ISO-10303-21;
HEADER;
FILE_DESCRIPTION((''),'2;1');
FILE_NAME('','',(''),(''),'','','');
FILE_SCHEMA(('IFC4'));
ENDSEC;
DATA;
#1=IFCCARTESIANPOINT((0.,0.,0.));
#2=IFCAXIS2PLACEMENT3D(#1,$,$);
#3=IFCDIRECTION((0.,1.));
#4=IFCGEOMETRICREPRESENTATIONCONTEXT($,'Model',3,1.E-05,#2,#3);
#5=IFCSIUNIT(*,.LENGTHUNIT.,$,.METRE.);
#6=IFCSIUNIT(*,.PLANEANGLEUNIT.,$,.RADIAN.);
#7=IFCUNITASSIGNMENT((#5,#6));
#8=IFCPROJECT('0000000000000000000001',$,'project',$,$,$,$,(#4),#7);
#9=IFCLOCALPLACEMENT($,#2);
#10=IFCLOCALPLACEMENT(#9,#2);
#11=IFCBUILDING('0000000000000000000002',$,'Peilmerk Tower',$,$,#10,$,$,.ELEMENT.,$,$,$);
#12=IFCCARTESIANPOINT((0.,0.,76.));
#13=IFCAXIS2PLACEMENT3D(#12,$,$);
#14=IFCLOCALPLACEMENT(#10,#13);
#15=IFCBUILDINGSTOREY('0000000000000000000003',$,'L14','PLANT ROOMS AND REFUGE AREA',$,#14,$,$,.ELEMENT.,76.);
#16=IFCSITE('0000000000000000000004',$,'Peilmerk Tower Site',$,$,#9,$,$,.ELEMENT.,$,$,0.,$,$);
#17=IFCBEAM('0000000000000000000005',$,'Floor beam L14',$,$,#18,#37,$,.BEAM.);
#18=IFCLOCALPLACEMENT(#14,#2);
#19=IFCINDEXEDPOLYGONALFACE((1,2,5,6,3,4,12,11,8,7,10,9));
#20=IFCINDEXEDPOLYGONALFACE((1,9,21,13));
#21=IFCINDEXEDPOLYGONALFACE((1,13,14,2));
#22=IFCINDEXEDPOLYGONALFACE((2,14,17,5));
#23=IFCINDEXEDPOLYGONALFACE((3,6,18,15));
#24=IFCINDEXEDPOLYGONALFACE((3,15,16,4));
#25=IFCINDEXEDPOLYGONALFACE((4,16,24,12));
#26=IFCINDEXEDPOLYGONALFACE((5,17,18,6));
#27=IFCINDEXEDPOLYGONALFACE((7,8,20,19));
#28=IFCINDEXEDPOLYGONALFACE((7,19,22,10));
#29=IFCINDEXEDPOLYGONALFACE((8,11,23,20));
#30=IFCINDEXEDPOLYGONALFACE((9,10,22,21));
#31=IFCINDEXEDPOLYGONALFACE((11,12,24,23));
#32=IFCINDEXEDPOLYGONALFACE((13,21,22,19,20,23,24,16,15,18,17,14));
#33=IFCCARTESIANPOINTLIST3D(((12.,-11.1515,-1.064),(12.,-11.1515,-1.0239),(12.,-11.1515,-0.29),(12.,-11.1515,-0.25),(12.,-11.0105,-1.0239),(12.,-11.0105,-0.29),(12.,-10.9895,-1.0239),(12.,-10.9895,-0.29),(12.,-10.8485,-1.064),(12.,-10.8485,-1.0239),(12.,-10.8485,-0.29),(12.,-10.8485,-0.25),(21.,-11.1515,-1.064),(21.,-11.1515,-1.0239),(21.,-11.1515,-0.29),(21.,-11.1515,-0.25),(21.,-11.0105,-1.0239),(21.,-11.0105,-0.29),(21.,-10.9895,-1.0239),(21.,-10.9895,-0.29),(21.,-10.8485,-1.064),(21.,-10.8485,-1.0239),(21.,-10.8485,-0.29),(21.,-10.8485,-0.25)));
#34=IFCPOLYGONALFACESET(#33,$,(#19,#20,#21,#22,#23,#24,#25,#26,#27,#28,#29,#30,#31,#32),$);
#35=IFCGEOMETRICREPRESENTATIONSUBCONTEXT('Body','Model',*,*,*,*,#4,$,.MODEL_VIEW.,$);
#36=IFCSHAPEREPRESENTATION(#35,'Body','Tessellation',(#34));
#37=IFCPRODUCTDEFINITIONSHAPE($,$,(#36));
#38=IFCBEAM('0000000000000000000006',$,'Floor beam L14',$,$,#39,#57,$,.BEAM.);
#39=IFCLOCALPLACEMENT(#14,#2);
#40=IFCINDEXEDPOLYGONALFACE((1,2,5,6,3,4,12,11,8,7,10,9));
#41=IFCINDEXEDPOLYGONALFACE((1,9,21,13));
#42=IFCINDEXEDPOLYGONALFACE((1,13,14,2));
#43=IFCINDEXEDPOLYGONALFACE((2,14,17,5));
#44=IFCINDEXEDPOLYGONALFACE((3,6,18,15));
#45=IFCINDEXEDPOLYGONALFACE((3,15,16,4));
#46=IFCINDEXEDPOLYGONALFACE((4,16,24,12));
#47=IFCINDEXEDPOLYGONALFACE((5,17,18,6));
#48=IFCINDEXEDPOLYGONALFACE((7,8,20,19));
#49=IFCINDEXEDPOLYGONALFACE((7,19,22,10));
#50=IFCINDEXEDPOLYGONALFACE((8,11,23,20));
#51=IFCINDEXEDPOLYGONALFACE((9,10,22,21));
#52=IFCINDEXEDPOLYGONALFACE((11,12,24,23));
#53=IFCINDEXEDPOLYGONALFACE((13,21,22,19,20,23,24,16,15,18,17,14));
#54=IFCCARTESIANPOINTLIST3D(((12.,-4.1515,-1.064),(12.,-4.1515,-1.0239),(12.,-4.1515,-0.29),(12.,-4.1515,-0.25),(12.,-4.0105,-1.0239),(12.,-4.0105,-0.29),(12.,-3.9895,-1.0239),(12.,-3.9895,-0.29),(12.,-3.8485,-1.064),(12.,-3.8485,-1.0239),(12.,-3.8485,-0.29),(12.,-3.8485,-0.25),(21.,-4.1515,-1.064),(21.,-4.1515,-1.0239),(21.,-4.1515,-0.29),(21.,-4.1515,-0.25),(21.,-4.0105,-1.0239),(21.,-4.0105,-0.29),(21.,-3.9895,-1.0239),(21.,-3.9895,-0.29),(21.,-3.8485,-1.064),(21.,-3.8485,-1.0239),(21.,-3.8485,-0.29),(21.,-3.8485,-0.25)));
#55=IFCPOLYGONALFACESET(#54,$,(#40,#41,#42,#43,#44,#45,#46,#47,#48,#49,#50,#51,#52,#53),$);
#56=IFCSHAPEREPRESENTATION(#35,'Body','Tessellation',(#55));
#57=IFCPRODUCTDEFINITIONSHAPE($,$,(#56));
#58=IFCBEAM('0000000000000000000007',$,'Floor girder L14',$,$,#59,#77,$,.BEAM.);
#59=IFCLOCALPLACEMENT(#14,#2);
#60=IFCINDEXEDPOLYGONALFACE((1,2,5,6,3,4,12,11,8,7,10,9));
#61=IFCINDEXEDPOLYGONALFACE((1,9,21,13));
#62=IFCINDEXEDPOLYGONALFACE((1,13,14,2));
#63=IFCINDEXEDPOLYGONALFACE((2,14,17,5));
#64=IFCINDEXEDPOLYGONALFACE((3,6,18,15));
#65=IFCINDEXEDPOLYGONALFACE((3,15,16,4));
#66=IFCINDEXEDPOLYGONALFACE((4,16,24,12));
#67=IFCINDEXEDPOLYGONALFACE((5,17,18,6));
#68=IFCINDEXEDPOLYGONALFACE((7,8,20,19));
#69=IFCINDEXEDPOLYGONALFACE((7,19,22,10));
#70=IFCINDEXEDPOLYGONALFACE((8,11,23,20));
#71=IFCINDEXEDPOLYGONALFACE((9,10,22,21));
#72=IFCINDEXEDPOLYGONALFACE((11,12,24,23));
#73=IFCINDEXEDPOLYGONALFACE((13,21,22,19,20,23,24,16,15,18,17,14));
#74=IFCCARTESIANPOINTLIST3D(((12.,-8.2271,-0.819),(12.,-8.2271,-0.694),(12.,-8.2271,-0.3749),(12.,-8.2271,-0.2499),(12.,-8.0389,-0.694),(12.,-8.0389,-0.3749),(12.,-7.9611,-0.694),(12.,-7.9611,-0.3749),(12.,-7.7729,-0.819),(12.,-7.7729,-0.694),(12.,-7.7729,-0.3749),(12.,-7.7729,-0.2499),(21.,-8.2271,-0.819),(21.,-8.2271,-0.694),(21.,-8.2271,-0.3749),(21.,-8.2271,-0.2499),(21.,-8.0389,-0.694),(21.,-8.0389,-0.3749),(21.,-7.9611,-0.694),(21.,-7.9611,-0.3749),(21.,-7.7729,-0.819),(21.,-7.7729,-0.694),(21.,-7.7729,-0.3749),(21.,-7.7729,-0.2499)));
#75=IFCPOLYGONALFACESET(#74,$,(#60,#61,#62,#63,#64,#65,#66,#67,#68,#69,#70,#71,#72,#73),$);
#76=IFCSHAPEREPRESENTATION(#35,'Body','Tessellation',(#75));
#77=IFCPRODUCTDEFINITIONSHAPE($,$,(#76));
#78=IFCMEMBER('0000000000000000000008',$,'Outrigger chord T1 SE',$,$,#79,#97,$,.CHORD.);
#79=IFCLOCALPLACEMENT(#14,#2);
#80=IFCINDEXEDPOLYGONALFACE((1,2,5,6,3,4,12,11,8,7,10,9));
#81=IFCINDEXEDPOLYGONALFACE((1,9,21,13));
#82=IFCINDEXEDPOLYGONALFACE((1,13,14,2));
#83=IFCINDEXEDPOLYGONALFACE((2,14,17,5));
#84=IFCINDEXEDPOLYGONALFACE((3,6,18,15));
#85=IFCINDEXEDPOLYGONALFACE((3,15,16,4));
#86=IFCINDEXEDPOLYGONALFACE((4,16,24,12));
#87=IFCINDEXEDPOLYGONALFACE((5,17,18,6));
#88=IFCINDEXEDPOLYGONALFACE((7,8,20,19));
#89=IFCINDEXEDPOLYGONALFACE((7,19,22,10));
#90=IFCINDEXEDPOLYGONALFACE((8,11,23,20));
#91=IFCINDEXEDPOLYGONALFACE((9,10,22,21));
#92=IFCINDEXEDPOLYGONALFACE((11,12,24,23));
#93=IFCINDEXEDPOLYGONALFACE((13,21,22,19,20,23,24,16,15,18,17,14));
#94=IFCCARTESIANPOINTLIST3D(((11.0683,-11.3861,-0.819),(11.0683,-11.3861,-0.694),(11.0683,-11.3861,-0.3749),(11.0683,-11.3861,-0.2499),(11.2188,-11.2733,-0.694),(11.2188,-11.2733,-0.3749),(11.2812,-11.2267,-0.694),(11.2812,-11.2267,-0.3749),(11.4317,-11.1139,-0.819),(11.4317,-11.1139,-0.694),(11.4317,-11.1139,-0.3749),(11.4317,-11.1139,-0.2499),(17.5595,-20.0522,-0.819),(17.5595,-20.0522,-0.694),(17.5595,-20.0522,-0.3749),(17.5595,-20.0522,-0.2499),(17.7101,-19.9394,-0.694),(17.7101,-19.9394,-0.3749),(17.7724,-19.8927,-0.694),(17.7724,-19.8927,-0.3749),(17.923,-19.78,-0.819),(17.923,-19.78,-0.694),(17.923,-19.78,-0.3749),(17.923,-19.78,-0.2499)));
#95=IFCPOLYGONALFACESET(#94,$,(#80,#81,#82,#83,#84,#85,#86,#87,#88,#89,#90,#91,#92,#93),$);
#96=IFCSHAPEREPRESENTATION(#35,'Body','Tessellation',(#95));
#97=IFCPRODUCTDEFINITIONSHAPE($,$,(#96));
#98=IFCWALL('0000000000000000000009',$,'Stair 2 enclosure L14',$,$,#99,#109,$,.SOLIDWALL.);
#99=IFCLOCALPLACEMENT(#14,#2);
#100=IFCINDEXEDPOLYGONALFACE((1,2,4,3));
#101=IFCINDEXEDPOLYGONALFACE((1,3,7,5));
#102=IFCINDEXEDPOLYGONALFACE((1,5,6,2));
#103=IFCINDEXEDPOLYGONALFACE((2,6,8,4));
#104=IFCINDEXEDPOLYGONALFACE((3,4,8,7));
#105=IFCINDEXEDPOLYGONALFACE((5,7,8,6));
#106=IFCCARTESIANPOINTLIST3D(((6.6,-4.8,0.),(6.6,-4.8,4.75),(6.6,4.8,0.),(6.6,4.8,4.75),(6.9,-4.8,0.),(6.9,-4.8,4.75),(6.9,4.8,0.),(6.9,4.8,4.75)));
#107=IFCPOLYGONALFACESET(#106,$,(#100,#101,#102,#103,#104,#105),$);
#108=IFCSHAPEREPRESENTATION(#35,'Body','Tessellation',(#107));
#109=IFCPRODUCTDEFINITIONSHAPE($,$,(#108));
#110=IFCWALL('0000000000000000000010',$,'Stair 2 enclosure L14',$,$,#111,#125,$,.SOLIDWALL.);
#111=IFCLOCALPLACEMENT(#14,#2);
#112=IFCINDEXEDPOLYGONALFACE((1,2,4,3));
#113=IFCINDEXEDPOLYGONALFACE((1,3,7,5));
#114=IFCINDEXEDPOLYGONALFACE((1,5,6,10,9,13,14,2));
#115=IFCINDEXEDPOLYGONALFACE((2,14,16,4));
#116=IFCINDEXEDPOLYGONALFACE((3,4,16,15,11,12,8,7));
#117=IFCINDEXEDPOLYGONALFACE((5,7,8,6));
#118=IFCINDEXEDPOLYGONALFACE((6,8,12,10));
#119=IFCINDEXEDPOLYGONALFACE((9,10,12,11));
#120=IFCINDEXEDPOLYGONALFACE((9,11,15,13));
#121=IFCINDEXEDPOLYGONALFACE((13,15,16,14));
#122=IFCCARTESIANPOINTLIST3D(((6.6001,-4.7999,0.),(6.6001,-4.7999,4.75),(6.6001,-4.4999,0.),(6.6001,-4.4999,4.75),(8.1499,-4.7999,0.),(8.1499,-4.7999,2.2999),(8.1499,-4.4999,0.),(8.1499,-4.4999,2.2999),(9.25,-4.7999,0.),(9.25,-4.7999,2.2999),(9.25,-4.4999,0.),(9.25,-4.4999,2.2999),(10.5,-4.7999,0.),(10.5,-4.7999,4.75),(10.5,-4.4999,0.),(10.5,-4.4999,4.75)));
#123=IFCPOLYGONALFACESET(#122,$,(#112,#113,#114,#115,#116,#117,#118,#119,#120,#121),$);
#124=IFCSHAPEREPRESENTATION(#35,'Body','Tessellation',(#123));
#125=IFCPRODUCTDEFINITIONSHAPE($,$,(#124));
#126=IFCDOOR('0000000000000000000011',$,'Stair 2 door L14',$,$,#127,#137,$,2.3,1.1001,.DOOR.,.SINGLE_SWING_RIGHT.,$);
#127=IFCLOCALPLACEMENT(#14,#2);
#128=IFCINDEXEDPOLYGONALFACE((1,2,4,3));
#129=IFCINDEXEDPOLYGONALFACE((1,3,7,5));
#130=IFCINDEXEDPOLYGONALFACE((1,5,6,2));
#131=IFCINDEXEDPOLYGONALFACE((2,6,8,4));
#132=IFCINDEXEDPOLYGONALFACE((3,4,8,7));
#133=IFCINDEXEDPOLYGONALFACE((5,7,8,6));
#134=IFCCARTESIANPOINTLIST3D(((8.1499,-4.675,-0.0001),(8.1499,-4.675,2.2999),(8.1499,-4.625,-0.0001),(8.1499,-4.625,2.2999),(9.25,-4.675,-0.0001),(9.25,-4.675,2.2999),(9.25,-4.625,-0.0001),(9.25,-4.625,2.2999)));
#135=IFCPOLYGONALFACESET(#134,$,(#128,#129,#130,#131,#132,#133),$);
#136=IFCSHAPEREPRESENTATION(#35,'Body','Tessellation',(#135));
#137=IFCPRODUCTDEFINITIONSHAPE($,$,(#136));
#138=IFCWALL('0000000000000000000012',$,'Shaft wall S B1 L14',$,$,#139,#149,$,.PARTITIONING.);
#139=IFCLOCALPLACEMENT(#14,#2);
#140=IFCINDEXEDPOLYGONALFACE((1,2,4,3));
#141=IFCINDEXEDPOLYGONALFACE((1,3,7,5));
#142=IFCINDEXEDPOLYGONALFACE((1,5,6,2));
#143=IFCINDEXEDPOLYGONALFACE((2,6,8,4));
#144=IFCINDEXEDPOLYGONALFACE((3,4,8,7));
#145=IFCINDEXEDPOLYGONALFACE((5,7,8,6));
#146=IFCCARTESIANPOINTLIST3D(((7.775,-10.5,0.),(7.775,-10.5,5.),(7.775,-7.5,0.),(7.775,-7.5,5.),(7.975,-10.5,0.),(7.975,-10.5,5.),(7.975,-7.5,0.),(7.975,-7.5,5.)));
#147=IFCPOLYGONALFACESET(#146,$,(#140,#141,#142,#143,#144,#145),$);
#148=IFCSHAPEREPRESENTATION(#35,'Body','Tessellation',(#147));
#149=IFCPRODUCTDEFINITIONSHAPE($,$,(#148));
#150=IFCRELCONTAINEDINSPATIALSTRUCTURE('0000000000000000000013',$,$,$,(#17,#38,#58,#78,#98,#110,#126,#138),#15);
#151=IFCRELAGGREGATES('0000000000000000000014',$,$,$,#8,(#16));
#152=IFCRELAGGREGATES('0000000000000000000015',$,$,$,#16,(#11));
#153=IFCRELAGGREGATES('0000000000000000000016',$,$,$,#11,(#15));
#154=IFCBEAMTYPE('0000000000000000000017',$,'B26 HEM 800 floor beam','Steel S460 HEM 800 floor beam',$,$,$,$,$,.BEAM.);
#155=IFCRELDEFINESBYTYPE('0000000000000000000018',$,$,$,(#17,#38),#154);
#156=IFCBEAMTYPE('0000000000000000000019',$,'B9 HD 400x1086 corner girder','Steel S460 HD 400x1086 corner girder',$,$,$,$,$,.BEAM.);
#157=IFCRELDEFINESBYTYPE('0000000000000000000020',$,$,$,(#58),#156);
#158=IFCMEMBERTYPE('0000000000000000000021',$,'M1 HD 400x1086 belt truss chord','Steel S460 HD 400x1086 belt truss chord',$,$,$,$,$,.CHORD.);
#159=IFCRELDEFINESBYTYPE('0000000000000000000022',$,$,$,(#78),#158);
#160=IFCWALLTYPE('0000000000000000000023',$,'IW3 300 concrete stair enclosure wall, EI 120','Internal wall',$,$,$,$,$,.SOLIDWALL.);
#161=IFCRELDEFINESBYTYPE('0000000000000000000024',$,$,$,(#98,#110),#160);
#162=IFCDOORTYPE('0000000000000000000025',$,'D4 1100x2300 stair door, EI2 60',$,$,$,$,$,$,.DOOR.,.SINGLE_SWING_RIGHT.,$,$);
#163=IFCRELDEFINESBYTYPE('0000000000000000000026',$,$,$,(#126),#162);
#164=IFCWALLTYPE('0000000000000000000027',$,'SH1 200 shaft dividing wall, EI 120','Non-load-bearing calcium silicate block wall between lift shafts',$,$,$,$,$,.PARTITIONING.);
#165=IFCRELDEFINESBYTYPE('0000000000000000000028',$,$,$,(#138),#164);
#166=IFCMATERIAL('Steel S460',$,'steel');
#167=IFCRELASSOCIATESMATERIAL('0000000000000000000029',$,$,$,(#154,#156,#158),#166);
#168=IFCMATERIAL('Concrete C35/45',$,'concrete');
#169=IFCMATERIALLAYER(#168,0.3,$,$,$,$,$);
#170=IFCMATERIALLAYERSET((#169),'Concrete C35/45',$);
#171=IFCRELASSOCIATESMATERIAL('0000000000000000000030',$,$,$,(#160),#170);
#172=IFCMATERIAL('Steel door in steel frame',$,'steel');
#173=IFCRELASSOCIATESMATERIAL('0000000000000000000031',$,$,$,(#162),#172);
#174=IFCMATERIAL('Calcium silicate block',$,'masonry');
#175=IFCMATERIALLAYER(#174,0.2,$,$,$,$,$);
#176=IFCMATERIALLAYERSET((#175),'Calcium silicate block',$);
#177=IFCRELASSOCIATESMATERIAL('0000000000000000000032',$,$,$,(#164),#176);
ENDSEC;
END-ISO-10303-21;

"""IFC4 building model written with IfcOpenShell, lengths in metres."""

from ifc_helpers import new_model, si_unit, direction, frame, frame_2d, origin, origin_2d, place, context, subcontext, project, spatial, rectangle, i_section, extrude, material, layer, layer_set, material_profile, profile_set, type_object, element, fill, save


model = new_model("IFC4")

# Units and contexts
model_context = context("Model", 3, precision=1e-05, world=origin(), true_north=direction((0.0, 1.0)))
body_context = subcontext(model_context, "Body", "Model", "MODEL_VIEW")
ifc_project = project(units=[si_unit("LENGTHUNIT", "METRE"), si_unit("PLANEANGLEUNIT", "RADIAN")], contexts=[model_context])

# Site, building, storey
site_placement = place(None, origin())
site = spatial("IfcSite", under=ifc_project, at=site_placement, Name="Peilmerk Tower Site", CompositionType="ELEMENT", RefElevation=0.0)
building_placement = place(site_placement, origin())
building = spatial("IfcBuilding", under=site, at=building_placement, Name="Peilmerk Tower", CompositionType="ELEMENT")
storey_placement = place(building_placement, frame((0.0, 0.0, 76.0)))
storey = spatial("IfcBuildingStorey", under=building, at=storey_placement, Name="L14", Description="PLANT ROOMS AND REFUGE AREA", CompositionType="ELEMENT", Elevation=76.0)

# Beams
ifc_material_1 = material(Name="Steel S460", Category="steel")
ifc_material_profile_1 = material_profile(ifc_material_1, i_section(OverallWidth=0.303, OverallDepth=0.814, WebThickness=0.021, FlangeThickness=0.04, at=origin_2d()), Name="HEM 800")
ifc_profile_set_1 = profile_set([ifc_material_profile_1], Name="Steel S460")
beam_type_1 = type_object("IfcBeamType", Name="B26 HEM 800 floor beam", Description="Steel S460 HEM 800 floor beam", PredefinedType="BEAM", material=ifc_profile_set_1)
for number, where, z_axis, x_axis, name in (
    (1, (12.0, -11.0, -0.657), (1.0, 0.0, 0.0), (0.0, 1.0, 0.0), "Floor beam L14"),
    (2, (12.0, -4.0, -0.657), (1.0, 0.0, 0.0), (0.0, 1.0, 0.0), "Floor beam L14"),
):
    element("IfcBeam", number, at=place(storey_placement, frame(where, z_axis=z_axis, x_axis=x_axis)), inside=storey, type_object=beam_type_1, Name=name, PredefinedType="BEAM", context=body_context, shape_type="SweptSolid", body=[
        extrude(i_section(OverallWidth=0.303, OverallDepth=0.814, WebThickness=0.021, FlangeThickness=0.04, at=origin_2d()), origin(), (0.0, 0.0, 1.0), 9.0),
    ])
ifc_material_profile_2 = material_profile(ifc_material_1, i_section(OverallWidth=0.4541, OverallDepth=0.5691, WebThickness=0.0779, FlangeThickness=0.125, at=origin_2d()), Name="HD 400x1086")
ifc_profile_set_2 = profile_set([ifc_material_profile_2], Name="Steel S460")
beam_type_2 = type_object("IfcBeamType", Name="B9 HD 400x1086 corner girder", Description="Steel S460 HD 400x1086 corner girder", PredefinedType="BEAM", material=ifc_profile_set_2)
beam_placement = place(storey_placement, frame((12.0, -8.0, -0.5344), z_axis=(1.0, 0.0, 0.0), x_axis=(0.0, 1.0, 0.0)))
element("IfcBeam", 3, at=beam_placement, inside=storey, type_object=beam_type_2, Name="Floor girder L14", PredefinedType="BEAM", context=body_context, shape_type="SweptSolid", body=[
    extrude(i_section(OverallWidth=0.4541, OverallDepth=0.5691, WebThickness=0.0779, FlangeThickness=0.125, at=origin_2d()), origin(), (0.0, 0.0, 1.0), 9.0),
])

# Member
ifc_material_profile_3 = material_profile(ifc_material_1, i_section(OverallWidth=0.4541, OverallDepth=0.5691, WebThickness=0.0779, FlangeThickness=0.125, at=origin_2d()), Name="HD 400x1086")
ifc_profile_set_3 = profile_set([ifc_material_profile_3], Name="Steel S460")
member_type = type_object("IfcMemberType", Name="M1 HD 400x1086 belt truss chord", Description="Steel S460 HD 400x1086 belt truss chord", PredefinedType="CHORD", material=ifc_profile_set_3)
member_placement = place(storey_placement, frame((11.25, -11.25, -0.5344), z_axis=(0.599509, -0.800368, 0.0), x_axis=(0.800368, 0.599509, 0.0)))
element("IfcMember", 4, at=member_placement, inside=storey, type_object=member_type, Name="Outrigger chord T1 SE", PredefinedType="CHORD", context=body_context, shape_type="SweptSolid", body=[
    extrude(i_section(OverallWidth=0.4541, OverallDepth=0.5691, WebThickness=0.0779, FlangeThickness=0.125, at=origin_2d()), origin(), (0.0, 0.0, 1.0), 10.8276),
])

# Wall
ifc_material_2 = material(Name="Concrete C35/45", Category="concrete")
ifc_layer_1 = layer(ifc_material_2, 0.3)
ifc_layer_set_1 = layer_set([ifc_layer_1], Name="Concrete C35/45")
wall_type_1 = type_object("IfcWallType", Name="IW3 300 concrete stair enclosure wall, EI 120", Description="Internal wall", PredefinedType="SOLIDWALL", material=ifc_layer_set_1)
wall_1_placement = place(storey_placement, frame((6.75, -4.8, 0.0), z_axis=(0.0, 0.0, 1.0), x_axis=(0.0, 1.0, 0.0)))
element("IfcWall", 5, at=wall_1_placement, inside=storey, type_object=wall_type_1, Name="Stair 2 enclosure L14", PredefinedType="SOLIDWALL", context=body_context, shape_type="SweptSolid", body=[
    extrude(rectangle(XDim=9.6001, YDim=0.3, at=frame_2d((4.8, 0.0))), origin(), (0.0, 0.0, 1.0), 4.75),
])

# Wall, opening, door
wall_2_placement = place(storey_placement, frame((10.5, -4.6499, 0.0), z_axis=(0.0, 0.0, 1.0), x_axis=(-1.0, 0.0, 0.0)))
wall_2 = element("IfcWall", 6, at=wall_2_placement, inside=storey, type_object=wall_type_1, Name="Stair 2 enclosure L14", PredefinedType="SOLIDWALL", context=body_context, shape_type="SweptSolid", body=[
    extrude(rectangle(XDim=3.8999, YDim=0.3, at=frame_2d((1.95, 0.0))), origin(), (0.0, 0.0, 1.0), 4.75),
])
opening_1_placement = place(wall_2_placement, frame((1.25, 0.0, 0.0)))
opening_1 = element("IfcOpeningElement", 7, at=opening_1_placement, cuts=wall_2, PredefinedType="OPENING", context=body_context, shape_type="SweptSolid", body=[
    extrude(rectangle(XDim=1.1001, YDim=2.3, at=frame_2d((0.55, 1.1499))), frame((0.0, 0.1599, 0.0), z_axis=(0.0, -1.0, 0.0), x_axis=(1.0, 0.0, 0.0)), (0.0, 0.0, 1.0), 0.3201),
])
ifc_material_3 = material(Name="Steel door in steel frame", Category="steel")
door_type_1 = type_object("IfcDoorType", Name="D4 1100x2300 stair door, EI2 60", OperationType="SINGLE_SWING_RIGHT", PredefinedType="DOOR", material=ifc_material_3)
door_1_placement = place(opening_1_placement, frame((1.1001, 0.0, 0.0), z_axis=(0.0, 0.0, 1.0), x_axis=(-1.0, 0.0, 0.0)))
door_1 = element("IfcDoor", 8, at=door_1_placement, inside=storey, type_object=door_type_1, Name="Stair 2 door L14", OperationType="SINGLE_SWING_RIGHT", OverallHeight=2.3, OverallWidth=1.1001, PredefinedType="DOOR", context=body_context, shape_type="SweptSolid", body=[
    extrude(rectangle(XDim=1.1001, YDim=2.3, at=frame_2d((0.55, 1.1499))), frame((0.0, 0.0249, 0.0), z_axis=(0.0, -1.0, 0.0), x_axis=(1.0, 0.0, 0.0)), (0.0, 0.0, 1.0), 0.05),
])
fill(opening_1, door_1)

# Wall
ifc_material_4 = material(Name="Calcium silicate block", Category="masonry")
ifc_layer_2 = layer(ifc_material_4, 0.2)
ifc_layer_set_2 = layer_set([ifc_layer_2], Name="Calcium silicate block")
wall_type_2 = type_object("IfcWallType", Name="SH1 200 shaft dividing wall, EI 120", Description="Non-load-bearing calcium silicate block wall between lift shafts", PredefinedType="PARTITIONING", material=ifc_layer_set_2)
wall_3_placement = place(storey_placement, frame((7.875, -10.5, 0.0), z_axis=(0.0, 0.0, 1.0), x_axis=(0.0, 1.0, 0.0)))
element("IfcWall", 9, at=wall_3_placement, inside=storey, type_object=wall_type_2, Name="Shaft wall S B1 L14", PredefinedType="PARTITIONING", context=body_context, shape_type="SweptSolid", body=[
    extrude(rectangle(XDim=3.0, YDim=0.2, at=frame_2d((1.5, 0.0))), origin(), (0.0, 0.0, 1.0), 5.0),
])

save(model, "model.ifc")
